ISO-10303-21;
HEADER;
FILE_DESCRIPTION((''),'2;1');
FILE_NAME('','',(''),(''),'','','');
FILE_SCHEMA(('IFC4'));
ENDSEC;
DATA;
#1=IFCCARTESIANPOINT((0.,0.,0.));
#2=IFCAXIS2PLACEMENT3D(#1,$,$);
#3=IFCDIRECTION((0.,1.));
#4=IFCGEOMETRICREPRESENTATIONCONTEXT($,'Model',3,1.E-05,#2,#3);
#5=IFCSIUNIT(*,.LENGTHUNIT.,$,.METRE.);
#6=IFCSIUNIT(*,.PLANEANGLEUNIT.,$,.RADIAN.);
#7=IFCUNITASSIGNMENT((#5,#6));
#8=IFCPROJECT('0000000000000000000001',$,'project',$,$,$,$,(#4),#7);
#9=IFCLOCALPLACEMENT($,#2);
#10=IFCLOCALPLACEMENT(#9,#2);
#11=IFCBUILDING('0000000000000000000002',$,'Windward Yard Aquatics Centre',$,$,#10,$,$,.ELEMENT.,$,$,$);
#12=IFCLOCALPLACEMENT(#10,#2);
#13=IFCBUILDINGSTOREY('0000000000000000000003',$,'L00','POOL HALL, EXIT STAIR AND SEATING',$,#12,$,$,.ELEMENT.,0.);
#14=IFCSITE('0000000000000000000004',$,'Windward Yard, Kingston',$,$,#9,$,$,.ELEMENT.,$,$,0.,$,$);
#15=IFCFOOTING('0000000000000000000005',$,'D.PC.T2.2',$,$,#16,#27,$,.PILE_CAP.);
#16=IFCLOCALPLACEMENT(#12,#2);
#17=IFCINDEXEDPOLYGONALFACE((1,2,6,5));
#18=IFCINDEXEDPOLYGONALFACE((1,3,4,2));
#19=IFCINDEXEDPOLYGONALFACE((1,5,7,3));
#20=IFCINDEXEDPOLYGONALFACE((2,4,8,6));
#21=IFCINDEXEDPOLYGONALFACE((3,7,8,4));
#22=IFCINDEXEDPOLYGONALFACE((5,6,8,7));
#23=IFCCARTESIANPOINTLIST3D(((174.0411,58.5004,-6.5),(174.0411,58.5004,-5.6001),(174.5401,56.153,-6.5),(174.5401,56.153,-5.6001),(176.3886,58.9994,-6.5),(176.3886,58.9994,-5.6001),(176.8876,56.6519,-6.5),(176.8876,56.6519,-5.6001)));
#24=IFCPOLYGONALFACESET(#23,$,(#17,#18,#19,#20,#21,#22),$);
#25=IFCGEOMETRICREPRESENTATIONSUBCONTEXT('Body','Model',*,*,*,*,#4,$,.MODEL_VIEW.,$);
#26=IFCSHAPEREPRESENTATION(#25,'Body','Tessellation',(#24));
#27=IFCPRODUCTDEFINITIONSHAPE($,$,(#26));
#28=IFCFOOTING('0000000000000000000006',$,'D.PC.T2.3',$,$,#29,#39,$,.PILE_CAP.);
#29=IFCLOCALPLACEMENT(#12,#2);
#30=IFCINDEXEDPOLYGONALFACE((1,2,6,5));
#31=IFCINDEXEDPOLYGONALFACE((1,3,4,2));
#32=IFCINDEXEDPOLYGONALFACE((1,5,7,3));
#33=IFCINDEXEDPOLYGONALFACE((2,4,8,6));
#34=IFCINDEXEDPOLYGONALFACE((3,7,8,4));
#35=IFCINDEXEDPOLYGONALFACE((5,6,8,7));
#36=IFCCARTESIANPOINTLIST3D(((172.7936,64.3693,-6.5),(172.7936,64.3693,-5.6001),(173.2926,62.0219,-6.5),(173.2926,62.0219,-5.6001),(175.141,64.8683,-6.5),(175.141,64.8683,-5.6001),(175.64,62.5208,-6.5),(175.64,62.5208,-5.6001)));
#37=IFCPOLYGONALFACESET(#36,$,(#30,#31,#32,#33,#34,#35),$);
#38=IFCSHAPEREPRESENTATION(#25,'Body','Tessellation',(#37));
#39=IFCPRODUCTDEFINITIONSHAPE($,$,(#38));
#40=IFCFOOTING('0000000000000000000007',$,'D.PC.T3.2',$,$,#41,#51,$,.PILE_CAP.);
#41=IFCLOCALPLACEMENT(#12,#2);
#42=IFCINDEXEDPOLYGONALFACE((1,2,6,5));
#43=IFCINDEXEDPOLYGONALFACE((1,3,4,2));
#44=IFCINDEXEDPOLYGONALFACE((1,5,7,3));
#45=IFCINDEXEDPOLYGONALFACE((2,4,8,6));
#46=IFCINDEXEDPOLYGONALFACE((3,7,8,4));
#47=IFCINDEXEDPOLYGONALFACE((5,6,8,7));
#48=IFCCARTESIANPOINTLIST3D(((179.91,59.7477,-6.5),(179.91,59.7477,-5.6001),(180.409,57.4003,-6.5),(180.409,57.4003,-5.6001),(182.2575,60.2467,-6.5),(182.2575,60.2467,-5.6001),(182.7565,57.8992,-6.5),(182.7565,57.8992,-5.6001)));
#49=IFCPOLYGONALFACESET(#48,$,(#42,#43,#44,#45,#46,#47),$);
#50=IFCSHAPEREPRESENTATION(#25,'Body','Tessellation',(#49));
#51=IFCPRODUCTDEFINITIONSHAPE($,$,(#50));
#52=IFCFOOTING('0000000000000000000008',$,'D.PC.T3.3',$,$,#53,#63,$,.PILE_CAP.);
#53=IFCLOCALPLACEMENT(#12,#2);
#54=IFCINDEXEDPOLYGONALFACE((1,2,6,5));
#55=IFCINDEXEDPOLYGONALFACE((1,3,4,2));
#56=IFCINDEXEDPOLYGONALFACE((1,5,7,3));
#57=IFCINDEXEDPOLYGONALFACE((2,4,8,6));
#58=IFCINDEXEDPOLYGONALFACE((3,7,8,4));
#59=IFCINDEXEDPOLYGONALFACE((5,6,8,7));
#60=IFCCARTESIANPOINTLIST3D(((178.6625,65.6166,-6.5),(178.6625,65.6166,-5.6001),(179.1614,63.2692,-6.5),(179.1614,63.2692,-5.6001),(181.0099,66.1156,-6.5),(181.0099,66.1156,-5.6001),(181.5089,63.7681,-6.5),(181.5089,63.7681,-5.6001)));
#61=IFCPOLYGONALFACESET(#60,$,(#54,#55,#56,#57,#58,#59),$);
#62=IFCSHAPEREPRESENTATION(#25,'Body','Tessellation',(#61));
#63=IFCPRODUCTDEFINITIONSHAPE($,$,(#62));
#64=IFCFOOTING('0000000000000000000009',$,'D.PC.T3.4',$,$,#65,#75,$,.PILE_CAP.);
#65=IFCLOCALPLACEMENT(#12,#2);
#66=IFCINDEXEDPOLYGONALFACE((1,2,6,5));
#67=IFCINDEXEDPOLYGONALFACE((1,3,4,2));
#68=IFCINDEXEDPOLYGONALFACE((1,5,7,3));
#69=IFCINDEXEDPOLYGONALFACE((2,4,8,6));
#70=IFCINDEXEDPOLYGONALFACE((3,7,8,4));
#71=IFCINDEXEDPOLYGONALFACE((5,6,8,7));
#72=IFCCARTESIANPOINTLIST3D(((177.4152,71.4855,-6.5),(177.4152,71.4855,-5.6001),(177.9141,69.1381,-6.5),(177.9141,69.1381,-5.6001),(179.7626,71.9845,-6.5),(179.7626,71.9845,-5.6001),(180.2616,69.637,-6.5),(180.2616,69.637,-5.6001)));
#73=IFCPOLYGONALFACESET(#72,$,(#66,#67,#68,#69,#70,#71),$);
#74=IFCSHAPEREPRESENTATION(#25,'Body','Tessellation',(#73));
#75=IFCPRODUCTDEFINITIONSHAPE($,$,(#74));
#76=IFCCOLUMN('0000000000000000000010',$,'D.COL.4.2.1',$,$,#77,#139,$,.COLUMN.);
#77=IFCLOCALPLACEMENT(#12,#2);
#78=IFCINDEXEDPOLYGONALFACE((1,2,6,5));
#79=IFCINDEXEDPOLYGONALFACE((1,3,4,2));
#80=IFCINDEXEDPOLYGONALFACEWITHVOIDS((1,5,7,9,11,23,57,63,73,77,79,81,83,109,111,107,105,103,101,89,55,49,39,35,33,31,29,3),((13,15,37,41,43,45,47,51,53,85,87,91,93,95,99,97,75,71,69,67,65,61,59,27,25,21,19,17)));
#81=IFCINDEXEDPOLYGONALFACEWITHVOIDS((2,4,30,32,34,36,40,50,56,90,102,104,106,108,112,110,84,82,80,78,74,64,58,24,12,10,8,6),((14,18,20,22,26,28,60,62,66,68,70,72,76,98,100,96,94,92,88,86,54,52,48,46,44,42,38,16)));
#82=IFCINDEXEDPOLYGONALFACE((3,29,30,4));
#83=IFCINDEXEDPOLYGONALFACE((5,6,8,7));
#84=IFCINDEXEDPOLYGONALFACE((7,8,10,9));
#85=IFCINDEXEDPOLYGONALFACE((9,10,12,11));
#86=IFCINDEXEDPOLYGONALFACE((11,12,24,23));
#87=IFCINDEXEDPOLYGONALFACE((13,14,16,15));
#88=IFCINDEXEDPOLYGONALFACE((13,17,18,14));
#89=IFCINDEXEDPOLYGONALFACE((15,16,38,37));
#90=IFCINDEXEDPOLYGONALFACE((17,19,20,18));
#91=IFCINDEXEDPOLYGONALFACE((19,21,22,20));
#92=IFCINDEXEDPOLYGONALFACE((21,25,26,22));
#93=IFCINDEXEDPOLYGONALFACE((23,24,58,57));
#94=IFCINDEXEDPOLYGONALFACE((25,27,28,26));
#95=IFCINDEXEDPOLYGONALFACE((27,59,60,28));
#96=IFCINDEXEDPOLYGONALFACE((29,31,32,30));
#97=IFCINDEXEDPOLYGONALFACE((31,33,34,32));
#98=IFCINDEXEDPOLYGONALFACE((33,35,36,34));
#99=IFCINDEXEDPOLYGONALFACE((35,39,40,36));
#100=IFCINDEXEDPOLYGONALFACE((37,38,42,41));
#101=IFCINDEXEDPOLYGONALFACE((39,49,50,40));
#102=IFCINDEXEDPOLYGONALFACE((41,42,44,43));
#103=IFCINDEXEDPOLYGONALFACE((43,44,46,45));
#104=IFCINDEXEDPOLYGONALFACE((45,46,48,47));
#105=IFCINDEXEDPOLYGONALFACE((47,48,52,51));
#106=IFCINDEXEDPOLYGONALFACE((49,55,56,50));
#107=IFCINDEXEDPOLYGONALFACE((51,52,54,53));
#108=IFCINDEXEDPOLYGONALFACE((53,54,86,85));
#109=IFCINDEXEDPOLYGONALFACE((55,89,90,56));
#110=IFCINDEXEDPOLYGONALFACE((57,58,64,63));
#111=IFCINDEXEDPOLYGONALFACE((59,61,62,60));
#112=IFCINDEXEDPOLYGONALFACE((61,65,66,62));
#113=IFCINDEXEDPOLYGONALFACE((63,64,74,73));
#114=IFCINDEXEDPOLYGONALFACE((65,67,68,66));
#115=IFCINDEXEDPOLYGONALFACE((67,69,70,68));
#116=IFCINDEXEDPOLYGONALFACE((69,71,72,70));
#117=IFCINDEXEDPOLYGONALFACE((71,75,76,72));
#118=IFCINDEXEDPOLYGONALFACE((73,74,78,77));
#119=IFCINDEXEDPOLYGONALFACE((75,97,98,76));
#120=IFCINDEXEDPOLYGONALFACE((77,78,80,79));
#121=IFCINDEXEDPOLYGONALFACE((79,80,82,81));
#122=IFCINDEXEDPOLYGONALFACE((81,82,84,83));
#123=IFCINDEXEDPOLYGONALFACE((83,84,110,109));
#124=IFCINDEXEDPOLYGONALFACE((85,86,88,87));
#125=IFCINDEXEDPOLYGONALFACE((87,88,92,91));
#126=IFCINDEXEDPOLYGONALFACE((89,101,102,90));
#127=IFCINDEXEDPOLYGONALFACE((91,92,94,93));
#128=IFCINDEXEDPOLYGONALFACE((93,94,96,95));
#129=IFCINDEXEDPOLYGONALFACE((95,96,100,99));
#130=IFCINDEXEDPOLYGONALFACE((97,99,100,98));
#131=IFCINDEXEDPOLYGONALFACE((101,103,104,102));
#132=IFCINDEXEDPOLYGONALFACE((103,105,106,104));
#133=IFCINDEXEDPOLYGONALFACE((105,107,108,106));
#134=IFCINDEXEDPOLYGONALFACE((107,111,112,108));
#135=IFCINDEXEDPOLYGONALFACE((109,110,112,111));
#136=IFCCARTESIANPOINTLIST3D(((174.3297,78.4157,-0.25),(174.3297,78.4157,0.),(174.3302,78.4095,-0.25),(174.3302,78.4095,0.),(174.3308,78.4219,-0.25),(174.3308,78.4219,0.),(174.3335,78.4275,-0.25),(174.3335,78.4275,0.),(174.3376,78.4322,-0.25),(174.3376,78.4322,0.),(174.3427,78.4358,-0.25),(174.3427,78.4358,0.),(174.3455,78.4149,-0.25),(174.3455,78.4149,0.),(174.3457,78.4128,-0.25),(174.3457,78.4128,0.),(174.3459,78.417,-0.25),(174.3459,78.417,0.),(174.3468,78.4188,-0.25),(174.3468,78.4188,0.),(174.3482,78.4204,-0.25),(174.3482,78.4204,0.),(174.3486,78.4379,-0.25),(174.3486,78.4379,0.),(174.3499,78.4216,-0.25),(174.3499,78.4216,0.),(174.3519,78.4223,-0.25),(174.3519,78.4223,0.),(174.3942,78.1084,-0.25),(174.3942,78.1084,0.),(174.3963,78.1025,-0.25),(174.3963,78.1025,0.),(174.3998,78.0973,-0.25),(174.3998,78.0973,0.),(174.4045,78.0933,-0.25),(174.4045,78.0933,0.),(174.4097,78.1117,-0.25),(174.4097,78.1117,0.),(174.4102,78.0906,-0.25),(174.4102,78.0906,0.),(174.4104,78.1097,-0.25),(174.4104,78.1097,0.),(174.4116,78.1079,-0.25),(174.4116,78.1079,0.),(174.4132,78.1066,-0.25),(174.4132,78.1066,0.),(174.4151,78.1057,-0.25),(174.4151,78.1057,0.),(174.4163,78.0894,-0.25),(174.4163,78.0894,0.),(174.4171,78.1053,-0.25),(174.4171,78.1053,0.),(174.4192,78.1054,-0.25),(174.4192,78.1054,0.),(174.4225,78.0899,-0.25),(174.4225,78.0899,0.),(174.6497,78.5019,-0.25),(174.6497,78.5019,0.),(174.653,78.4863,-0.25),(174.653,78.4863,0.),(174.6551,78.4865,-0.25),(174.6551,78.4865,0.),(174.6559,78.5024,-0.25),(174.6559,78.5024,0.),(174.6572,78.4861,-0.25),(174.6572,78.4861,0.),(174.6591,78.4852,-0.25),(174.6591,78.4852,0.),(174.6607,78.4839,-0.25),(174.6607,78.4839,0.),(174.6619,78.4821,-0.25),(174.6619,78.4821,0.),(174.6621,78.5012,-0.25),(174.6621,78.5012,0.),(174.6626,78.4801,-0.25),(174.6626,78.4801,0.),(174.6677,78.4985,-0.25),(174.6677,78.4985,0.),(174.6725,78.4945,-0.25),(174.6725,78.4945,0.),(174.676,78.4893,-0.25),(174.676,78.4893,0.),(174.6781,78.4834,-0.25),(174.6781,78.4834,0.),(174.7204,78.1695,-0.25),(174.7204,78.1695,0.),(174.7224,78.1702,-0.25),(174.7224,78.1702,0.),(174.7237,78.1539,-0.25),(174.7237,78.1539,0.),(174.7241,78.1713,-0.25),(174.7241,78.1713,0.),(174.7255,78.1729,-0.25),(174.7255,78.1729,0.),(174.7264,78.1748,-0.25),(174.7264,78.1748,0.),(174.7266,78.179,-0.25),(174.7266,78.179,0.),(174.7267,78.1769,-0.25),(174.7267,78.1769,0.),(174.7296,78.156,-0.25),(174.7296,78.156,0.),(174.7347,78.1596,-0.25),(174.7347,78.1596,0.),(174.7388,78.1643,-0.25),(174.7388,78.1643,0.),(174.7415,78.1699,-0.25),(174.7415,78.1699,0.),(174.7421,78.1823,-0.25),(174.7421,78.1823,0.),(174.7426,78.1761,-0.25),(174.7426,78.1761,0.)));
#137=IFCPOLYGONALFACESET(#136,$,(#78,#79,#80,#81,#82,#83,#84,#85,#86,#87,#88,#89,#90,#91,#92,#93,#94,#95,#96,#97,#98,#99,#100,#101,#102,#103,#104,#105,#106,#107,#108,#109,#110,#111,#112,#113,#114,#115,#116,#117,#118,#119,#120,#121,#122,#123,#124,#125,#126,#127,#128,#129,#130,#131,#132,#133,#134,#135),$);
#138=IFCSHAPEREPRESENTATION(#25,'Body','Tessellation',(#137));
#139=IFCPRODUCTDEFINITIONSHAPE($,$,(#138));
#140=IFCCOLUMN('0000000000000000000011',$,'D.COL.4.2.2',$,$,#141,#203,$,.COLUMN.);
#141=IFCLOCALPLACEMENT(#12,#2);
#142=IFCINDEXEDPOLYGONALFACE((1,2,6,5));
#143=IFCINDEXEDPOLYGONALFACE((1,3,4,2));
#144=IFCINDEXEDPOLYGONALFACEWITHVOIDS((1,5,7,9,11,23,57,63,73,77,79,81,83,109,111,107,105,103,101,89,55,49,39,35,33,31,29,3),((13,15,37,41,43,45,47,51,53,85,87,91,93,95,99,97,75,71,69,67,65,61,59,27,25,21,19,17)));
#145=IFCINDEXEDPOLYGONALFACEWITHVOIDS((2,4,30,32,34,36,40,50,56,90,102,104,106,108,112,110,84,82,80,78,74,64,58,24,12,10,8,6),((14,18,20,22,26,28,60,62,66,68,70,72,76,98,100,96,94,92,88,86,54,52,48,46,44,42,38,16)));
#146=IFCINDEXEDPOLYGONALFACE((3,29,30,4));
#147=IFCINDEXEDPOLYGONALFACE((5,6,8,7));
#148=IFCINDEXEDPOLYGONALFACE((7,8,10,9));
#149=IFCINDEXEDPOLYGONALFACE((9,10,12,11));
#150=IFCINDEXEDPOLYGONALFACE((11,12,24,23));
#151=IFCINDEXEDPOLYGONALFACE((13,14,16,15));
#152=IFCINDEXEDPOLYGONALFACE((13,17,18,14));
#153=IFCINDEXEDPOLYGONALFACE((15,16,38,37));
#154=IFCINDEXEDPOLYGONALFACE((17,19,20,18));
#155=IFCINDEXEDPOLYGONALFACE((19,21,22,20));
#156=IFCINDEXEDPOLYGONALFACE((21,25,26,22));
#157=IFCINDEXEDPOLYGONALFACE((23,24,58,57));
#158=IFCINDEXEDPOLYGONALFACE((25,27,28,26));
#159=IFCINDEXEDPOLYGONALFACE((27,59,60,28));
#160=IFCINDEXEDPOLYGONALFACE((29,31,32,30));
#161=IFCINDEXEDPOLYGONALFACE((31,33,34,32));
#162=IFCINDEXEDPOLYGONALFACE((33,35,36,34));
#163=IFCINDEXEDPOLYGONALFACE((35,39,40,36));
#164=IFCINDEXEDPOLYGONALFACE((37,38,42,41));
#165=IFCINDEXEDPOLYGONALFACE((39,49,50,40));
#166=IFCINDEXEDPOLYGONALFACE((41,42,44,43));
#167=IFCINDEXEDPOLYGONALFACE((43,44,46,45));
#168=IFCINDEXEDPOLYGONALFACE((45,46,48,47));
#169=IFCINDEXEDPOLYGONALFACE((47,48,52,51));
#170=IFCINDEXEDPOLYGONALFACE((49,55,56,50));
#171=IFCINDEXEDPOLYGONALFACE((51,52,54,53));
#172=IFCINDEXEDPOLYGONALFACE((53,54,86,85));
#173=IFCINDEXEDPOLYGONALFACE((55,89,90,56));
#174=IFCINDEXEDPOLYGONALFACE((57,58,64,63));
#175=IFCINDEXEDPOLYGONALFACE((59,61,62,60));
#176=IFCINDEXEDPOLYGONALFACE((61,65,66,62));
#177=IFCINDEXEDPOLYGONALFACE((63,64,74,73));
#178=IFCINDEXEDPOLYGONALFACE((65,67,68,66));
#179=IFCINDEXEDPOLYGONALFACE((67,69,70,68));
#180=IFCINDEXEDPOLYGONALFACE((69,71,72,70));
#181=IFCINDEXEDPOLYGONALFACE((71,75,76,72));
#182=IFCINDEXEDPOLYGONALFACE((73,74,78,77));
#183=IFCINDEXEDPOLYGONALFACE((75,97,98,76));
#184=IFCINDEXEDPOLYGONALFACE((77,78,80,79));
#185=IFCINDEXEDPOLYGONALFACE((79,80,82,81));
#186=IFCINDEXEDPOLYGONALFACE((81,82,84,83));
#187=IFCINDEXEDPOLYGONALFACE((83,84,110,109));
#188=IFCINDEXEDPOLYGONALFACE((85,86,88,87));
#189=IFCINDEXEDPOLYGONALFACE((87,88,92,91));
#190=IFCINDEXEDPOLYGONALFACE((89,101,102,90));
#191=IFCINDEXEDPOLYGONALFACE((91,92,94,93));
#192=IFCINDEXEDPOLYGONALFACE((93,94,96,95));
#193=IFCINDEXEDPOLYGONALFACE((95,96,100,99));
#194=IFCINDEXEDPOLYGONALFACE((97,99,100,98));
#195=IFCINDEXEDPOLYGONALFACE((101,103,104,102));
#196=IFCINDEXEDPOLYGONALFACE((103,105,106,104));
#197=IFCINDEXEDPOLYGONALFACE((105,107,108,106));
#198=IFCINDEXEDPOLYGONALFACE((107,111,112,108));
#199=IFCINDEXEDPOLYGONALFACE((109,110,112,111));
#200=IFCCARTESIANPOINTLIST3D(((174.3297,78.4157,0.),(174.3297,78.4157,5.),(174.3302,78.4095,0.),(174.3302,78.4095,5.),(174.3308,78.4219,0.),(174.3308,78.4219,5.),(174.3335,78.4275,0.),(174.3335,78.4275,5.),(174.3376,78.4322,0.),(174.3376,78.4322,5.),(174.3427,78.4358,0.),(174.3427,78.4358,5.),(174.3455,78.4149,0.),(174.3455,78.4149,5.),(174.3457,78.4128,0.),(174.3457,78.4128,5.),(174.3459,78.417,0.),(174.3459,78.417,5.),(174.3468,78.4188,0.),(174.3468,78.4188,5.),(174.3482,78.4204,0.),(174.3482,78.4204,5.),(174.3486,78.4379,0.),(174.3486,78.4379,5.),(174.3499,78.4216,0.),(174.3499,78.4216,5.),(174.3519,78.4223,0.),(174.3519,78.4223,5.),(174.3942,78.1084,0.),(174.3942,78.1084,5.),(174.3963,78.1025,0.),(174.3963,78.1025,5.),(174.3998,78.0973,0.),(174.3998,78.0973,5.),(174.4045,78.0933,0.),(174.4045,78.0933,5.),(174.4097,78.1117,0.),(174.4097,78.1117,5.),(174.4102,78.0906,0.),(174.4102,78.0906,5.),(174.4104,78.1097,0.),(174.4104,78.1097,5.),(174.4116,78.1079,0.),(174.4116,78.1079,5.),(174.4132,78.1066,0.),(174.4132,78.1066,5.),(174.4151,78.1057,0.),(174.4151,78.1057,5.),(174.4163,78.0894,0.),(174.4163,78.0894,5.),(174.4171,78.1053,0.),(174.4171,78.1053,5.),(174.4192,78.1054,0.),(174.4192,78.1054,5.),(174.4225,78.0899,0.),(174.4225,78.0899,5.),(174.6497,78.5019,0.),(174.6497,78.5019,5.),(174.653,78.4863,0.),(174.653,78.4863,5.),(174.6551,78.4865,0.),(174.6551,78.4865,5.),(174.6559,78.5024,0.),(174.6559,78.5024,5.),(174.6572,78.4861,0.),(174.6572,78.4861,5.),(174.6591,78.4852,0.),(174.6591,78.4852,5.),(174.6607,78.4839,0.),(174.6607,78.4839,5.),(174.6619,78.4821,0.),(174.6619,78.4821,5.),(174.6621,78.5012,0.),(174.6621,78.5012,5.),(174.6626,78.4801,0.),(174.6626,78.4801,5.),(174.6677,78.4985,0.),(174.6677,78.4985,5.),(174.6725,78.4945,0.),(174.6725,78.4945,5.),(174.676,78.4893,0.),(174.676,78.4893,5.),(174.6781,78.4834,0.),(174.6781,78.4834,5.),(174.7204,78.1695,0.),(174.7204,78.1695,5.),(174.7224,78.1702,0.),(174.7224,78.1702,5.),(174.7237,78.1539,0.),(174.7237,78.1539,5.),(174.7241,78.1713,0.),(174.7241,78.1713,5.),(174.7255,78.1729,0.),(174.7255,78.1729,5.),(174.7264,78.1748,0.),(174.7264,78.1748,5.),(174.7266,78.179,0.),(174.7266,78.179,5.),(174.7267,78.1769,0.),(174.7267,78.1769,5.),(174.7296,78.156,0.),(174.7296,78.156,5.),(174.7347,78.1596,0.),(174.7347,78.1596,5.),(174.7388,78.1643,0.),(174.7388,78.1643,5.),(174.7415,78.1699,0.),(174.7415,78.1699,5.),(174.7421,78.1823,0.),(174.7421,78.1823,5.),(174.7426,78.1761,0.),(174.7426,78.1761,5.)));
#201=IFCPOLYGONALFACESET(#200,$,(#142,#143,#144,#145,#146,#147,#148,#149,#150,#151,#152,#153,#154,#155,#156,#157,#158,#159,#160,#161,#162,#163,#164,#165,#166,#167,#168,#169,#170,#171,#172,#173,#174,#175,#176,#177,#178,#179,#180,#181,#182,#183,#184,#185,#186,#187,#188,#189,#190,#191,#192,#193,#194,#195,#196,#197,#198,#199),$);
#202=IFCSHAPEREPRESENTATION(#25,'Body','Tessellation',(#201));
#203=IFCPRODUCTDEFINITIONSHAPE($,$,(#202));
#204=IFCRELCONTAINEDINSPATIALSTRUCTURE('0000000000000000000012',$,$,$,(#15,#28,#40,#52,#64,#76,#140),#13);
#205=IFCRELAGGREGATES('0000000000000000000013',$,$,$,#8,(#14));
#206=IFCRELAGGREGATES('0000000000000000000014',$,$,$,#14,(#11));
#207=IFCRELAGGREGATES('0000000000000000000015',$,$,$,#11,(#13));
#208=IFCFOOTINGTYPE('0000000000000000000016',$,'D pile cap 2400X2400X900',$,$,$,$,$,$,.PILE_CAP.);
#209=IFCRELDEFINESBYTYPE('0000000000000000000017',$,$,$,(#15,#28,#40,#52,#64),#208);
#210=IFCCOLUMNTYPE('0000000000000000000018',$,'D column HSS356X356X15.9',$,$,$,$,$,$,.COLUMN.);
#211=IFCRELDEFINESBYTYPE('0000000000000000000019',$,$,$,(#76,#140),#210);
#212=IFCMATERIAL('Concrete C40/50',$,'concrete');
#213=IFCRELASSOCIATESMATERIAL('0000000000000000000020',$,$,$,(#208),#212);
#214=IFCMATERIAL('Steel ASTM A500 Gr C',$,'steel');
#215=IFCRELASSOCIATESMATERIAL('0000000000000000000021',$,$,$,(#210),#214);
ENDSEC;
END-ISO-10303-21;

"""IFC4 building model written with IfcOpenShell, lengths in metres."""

from ifc_helpers import new_model, si_unit, direction, frame, origin, origin_2d, place, context, subcontext, project, spatial, rectangle, hollow_rectangle, extrude, material, material_profile, profile_set, type_object, element, save


model = new_model("IFC4")

# Units and contexts
model_context = context("Model", 3, precision=1e-05, world=origin(), true_north=direction((0.0, 1.0)))
body_context = subcontext(model_context, "Body", "Model", "MODEL_VIEW")
ifc_project = project(units=[si_unit("LENGTHUNIT", "METRE"), si_unit("PLANEANGLEUNIT", "RADIAN")], contexts=[model_context])

# Site, building, storey
site_placement = place(None, origin())
site = spatial("IfcSite", under=ifc_project, at=site_placement, Name="Windward Yard, Kingston", CompositionType="ELEMENT", RefElevation=0.0)
building_placement = place(site_placement, origin())
building = spatial("IfcBuilding", under=site, at=building_placement, Name="Windward Yard Aquatics Centre", CompositionType="ELEMENT")
storey_placement = place(building_placement, origin())
storey = spatial("IfcBuildingStorey", under=building, at=storey_placement, Name="L00", Description="POOL HALL, EXIT STAIR AND SEATING", CompositionType="ELEMENT", Elevation=0.0)

# Shared definitions
ifc_material_1 = material(Name="Concrete C40/50", Category="concrete")

# Footings
footing_type_1 = type_object("IfcFootingType", Name="D pile cap 2400X2400X900", PredefinedType="PILE_CAP", material=ifc_material_1)
for number, where, z_axis, x_axis, name in (
    (1, (175.4644, 57.5762, -6.5), (0.0, 0.0, 1.0), (0.978148, 0.207912, 0.0), "D.PC.T2.2"),
    (2, (174.2168, 63.4451, -6.5), (0.0, 0.0, 1.0), (0.978148, 0.207912, 0.0), "D.PC.T2.3"),
    (3, (181.3333, 58.8235, -6.5), (0.0, 0.0, 1.0), (0.978148, 0.207912, 0.0), "D.PC.T3.2"),
    (4, (180.0857, 64.6924, -6.5), (0.0, 0.0, 1.0), (0.978148, 0.207912, 0.0), "D.PC.T3.3"),
    (5, (178.8384, 70.5613, -6.5), (0.0, 0.0, 1.0), (0.978148, 0.207912, 0.0), "D.PC.T3.4"),
):
    element("IfcFooting", number, at=place(storey_placement, frame(where, z_axis=z_axis, x_axis=x_axis)), inside=storey, type_object=footing_type_1, Name=name, PredefinedType="PILE_CAP", context=body_context, shape_type="SweptSolid", body=[
        extrude(rectangle(XDim=2.3999, YDim=2.3999, at=origin_2d()), origin(), (0.0, 0.0, 1.0), 0.8999),
    ])

# Columns
ifc_material_2 = material(Name="Steel ASTM A500 Gr C", Category="steel")
ifc_material_profile_1 = material_profile(ifc_material_2, hollow_rectangle(XDim=0.3557, YDim=0.3557, WallThickness=0.0159, InnerFilletRadius=0.0081, OuterFilletRadius=0.0239, at=origin_2d()), Name="HSS356X356X15.9")
ifc_profile_set_1 = profile_set([ifc_material_profile_1], Name="Steel ASTM A500 Gr C")
column_type = type_object("IfcColumnType", Name="D column HSS356X356X15.9", PredefinedType="COLUMN", material=ifc_profile_set_1)
column_1_placement = place(storey_placement, frame((174.5361, 78.2959, -0.25), z_axis=(0.0, 0.0, 1.0), x_axis=(0.978148, 0.207912, 0.0)))
element("IfcColumn", 6, at=column_1_placement, inside=storey, type_object=column_type, Name="D.COL.4.2.1", PredefinedType="COLUMN", context=body_context, shape_type="SweptSolid", body=[
    extrude(hollow_rectangle(XDim=0.3557, YDim=0.3557, WallThickness=0.0159, InnerFilletRadius=0.0081, OuterFilletRadius=0.0239, at=origin_2d()), origin(), (0.0, 0.0, 1.0), 0.25),
])
column_2_placement = place(storey_placement, frame((174.5361, 78.2959, 0.0), z_axis=(0.0, 0.0, 1.0), x_axis=(0.978148, 0.207912, 0.0)))
element("IfcColumn", 7, at=column_2_placement, inside=storey, type_object=column_type, Name="D.COL.4.2.2", PredefinedType="COLUMN", context=body_context, shape_type="SweptSolid", body=[
    extrude(hollow_rectangle(XDim=0.3557, YDim=0.3557, WallThickness=0.0159, InnerFilletRadius=0.0081, OuterFilletRadius=0.0239, at=origin_2d()), origin(), (0.0, 0.0, 1.0), 5.0),
])

save(model, "model.ifc")
